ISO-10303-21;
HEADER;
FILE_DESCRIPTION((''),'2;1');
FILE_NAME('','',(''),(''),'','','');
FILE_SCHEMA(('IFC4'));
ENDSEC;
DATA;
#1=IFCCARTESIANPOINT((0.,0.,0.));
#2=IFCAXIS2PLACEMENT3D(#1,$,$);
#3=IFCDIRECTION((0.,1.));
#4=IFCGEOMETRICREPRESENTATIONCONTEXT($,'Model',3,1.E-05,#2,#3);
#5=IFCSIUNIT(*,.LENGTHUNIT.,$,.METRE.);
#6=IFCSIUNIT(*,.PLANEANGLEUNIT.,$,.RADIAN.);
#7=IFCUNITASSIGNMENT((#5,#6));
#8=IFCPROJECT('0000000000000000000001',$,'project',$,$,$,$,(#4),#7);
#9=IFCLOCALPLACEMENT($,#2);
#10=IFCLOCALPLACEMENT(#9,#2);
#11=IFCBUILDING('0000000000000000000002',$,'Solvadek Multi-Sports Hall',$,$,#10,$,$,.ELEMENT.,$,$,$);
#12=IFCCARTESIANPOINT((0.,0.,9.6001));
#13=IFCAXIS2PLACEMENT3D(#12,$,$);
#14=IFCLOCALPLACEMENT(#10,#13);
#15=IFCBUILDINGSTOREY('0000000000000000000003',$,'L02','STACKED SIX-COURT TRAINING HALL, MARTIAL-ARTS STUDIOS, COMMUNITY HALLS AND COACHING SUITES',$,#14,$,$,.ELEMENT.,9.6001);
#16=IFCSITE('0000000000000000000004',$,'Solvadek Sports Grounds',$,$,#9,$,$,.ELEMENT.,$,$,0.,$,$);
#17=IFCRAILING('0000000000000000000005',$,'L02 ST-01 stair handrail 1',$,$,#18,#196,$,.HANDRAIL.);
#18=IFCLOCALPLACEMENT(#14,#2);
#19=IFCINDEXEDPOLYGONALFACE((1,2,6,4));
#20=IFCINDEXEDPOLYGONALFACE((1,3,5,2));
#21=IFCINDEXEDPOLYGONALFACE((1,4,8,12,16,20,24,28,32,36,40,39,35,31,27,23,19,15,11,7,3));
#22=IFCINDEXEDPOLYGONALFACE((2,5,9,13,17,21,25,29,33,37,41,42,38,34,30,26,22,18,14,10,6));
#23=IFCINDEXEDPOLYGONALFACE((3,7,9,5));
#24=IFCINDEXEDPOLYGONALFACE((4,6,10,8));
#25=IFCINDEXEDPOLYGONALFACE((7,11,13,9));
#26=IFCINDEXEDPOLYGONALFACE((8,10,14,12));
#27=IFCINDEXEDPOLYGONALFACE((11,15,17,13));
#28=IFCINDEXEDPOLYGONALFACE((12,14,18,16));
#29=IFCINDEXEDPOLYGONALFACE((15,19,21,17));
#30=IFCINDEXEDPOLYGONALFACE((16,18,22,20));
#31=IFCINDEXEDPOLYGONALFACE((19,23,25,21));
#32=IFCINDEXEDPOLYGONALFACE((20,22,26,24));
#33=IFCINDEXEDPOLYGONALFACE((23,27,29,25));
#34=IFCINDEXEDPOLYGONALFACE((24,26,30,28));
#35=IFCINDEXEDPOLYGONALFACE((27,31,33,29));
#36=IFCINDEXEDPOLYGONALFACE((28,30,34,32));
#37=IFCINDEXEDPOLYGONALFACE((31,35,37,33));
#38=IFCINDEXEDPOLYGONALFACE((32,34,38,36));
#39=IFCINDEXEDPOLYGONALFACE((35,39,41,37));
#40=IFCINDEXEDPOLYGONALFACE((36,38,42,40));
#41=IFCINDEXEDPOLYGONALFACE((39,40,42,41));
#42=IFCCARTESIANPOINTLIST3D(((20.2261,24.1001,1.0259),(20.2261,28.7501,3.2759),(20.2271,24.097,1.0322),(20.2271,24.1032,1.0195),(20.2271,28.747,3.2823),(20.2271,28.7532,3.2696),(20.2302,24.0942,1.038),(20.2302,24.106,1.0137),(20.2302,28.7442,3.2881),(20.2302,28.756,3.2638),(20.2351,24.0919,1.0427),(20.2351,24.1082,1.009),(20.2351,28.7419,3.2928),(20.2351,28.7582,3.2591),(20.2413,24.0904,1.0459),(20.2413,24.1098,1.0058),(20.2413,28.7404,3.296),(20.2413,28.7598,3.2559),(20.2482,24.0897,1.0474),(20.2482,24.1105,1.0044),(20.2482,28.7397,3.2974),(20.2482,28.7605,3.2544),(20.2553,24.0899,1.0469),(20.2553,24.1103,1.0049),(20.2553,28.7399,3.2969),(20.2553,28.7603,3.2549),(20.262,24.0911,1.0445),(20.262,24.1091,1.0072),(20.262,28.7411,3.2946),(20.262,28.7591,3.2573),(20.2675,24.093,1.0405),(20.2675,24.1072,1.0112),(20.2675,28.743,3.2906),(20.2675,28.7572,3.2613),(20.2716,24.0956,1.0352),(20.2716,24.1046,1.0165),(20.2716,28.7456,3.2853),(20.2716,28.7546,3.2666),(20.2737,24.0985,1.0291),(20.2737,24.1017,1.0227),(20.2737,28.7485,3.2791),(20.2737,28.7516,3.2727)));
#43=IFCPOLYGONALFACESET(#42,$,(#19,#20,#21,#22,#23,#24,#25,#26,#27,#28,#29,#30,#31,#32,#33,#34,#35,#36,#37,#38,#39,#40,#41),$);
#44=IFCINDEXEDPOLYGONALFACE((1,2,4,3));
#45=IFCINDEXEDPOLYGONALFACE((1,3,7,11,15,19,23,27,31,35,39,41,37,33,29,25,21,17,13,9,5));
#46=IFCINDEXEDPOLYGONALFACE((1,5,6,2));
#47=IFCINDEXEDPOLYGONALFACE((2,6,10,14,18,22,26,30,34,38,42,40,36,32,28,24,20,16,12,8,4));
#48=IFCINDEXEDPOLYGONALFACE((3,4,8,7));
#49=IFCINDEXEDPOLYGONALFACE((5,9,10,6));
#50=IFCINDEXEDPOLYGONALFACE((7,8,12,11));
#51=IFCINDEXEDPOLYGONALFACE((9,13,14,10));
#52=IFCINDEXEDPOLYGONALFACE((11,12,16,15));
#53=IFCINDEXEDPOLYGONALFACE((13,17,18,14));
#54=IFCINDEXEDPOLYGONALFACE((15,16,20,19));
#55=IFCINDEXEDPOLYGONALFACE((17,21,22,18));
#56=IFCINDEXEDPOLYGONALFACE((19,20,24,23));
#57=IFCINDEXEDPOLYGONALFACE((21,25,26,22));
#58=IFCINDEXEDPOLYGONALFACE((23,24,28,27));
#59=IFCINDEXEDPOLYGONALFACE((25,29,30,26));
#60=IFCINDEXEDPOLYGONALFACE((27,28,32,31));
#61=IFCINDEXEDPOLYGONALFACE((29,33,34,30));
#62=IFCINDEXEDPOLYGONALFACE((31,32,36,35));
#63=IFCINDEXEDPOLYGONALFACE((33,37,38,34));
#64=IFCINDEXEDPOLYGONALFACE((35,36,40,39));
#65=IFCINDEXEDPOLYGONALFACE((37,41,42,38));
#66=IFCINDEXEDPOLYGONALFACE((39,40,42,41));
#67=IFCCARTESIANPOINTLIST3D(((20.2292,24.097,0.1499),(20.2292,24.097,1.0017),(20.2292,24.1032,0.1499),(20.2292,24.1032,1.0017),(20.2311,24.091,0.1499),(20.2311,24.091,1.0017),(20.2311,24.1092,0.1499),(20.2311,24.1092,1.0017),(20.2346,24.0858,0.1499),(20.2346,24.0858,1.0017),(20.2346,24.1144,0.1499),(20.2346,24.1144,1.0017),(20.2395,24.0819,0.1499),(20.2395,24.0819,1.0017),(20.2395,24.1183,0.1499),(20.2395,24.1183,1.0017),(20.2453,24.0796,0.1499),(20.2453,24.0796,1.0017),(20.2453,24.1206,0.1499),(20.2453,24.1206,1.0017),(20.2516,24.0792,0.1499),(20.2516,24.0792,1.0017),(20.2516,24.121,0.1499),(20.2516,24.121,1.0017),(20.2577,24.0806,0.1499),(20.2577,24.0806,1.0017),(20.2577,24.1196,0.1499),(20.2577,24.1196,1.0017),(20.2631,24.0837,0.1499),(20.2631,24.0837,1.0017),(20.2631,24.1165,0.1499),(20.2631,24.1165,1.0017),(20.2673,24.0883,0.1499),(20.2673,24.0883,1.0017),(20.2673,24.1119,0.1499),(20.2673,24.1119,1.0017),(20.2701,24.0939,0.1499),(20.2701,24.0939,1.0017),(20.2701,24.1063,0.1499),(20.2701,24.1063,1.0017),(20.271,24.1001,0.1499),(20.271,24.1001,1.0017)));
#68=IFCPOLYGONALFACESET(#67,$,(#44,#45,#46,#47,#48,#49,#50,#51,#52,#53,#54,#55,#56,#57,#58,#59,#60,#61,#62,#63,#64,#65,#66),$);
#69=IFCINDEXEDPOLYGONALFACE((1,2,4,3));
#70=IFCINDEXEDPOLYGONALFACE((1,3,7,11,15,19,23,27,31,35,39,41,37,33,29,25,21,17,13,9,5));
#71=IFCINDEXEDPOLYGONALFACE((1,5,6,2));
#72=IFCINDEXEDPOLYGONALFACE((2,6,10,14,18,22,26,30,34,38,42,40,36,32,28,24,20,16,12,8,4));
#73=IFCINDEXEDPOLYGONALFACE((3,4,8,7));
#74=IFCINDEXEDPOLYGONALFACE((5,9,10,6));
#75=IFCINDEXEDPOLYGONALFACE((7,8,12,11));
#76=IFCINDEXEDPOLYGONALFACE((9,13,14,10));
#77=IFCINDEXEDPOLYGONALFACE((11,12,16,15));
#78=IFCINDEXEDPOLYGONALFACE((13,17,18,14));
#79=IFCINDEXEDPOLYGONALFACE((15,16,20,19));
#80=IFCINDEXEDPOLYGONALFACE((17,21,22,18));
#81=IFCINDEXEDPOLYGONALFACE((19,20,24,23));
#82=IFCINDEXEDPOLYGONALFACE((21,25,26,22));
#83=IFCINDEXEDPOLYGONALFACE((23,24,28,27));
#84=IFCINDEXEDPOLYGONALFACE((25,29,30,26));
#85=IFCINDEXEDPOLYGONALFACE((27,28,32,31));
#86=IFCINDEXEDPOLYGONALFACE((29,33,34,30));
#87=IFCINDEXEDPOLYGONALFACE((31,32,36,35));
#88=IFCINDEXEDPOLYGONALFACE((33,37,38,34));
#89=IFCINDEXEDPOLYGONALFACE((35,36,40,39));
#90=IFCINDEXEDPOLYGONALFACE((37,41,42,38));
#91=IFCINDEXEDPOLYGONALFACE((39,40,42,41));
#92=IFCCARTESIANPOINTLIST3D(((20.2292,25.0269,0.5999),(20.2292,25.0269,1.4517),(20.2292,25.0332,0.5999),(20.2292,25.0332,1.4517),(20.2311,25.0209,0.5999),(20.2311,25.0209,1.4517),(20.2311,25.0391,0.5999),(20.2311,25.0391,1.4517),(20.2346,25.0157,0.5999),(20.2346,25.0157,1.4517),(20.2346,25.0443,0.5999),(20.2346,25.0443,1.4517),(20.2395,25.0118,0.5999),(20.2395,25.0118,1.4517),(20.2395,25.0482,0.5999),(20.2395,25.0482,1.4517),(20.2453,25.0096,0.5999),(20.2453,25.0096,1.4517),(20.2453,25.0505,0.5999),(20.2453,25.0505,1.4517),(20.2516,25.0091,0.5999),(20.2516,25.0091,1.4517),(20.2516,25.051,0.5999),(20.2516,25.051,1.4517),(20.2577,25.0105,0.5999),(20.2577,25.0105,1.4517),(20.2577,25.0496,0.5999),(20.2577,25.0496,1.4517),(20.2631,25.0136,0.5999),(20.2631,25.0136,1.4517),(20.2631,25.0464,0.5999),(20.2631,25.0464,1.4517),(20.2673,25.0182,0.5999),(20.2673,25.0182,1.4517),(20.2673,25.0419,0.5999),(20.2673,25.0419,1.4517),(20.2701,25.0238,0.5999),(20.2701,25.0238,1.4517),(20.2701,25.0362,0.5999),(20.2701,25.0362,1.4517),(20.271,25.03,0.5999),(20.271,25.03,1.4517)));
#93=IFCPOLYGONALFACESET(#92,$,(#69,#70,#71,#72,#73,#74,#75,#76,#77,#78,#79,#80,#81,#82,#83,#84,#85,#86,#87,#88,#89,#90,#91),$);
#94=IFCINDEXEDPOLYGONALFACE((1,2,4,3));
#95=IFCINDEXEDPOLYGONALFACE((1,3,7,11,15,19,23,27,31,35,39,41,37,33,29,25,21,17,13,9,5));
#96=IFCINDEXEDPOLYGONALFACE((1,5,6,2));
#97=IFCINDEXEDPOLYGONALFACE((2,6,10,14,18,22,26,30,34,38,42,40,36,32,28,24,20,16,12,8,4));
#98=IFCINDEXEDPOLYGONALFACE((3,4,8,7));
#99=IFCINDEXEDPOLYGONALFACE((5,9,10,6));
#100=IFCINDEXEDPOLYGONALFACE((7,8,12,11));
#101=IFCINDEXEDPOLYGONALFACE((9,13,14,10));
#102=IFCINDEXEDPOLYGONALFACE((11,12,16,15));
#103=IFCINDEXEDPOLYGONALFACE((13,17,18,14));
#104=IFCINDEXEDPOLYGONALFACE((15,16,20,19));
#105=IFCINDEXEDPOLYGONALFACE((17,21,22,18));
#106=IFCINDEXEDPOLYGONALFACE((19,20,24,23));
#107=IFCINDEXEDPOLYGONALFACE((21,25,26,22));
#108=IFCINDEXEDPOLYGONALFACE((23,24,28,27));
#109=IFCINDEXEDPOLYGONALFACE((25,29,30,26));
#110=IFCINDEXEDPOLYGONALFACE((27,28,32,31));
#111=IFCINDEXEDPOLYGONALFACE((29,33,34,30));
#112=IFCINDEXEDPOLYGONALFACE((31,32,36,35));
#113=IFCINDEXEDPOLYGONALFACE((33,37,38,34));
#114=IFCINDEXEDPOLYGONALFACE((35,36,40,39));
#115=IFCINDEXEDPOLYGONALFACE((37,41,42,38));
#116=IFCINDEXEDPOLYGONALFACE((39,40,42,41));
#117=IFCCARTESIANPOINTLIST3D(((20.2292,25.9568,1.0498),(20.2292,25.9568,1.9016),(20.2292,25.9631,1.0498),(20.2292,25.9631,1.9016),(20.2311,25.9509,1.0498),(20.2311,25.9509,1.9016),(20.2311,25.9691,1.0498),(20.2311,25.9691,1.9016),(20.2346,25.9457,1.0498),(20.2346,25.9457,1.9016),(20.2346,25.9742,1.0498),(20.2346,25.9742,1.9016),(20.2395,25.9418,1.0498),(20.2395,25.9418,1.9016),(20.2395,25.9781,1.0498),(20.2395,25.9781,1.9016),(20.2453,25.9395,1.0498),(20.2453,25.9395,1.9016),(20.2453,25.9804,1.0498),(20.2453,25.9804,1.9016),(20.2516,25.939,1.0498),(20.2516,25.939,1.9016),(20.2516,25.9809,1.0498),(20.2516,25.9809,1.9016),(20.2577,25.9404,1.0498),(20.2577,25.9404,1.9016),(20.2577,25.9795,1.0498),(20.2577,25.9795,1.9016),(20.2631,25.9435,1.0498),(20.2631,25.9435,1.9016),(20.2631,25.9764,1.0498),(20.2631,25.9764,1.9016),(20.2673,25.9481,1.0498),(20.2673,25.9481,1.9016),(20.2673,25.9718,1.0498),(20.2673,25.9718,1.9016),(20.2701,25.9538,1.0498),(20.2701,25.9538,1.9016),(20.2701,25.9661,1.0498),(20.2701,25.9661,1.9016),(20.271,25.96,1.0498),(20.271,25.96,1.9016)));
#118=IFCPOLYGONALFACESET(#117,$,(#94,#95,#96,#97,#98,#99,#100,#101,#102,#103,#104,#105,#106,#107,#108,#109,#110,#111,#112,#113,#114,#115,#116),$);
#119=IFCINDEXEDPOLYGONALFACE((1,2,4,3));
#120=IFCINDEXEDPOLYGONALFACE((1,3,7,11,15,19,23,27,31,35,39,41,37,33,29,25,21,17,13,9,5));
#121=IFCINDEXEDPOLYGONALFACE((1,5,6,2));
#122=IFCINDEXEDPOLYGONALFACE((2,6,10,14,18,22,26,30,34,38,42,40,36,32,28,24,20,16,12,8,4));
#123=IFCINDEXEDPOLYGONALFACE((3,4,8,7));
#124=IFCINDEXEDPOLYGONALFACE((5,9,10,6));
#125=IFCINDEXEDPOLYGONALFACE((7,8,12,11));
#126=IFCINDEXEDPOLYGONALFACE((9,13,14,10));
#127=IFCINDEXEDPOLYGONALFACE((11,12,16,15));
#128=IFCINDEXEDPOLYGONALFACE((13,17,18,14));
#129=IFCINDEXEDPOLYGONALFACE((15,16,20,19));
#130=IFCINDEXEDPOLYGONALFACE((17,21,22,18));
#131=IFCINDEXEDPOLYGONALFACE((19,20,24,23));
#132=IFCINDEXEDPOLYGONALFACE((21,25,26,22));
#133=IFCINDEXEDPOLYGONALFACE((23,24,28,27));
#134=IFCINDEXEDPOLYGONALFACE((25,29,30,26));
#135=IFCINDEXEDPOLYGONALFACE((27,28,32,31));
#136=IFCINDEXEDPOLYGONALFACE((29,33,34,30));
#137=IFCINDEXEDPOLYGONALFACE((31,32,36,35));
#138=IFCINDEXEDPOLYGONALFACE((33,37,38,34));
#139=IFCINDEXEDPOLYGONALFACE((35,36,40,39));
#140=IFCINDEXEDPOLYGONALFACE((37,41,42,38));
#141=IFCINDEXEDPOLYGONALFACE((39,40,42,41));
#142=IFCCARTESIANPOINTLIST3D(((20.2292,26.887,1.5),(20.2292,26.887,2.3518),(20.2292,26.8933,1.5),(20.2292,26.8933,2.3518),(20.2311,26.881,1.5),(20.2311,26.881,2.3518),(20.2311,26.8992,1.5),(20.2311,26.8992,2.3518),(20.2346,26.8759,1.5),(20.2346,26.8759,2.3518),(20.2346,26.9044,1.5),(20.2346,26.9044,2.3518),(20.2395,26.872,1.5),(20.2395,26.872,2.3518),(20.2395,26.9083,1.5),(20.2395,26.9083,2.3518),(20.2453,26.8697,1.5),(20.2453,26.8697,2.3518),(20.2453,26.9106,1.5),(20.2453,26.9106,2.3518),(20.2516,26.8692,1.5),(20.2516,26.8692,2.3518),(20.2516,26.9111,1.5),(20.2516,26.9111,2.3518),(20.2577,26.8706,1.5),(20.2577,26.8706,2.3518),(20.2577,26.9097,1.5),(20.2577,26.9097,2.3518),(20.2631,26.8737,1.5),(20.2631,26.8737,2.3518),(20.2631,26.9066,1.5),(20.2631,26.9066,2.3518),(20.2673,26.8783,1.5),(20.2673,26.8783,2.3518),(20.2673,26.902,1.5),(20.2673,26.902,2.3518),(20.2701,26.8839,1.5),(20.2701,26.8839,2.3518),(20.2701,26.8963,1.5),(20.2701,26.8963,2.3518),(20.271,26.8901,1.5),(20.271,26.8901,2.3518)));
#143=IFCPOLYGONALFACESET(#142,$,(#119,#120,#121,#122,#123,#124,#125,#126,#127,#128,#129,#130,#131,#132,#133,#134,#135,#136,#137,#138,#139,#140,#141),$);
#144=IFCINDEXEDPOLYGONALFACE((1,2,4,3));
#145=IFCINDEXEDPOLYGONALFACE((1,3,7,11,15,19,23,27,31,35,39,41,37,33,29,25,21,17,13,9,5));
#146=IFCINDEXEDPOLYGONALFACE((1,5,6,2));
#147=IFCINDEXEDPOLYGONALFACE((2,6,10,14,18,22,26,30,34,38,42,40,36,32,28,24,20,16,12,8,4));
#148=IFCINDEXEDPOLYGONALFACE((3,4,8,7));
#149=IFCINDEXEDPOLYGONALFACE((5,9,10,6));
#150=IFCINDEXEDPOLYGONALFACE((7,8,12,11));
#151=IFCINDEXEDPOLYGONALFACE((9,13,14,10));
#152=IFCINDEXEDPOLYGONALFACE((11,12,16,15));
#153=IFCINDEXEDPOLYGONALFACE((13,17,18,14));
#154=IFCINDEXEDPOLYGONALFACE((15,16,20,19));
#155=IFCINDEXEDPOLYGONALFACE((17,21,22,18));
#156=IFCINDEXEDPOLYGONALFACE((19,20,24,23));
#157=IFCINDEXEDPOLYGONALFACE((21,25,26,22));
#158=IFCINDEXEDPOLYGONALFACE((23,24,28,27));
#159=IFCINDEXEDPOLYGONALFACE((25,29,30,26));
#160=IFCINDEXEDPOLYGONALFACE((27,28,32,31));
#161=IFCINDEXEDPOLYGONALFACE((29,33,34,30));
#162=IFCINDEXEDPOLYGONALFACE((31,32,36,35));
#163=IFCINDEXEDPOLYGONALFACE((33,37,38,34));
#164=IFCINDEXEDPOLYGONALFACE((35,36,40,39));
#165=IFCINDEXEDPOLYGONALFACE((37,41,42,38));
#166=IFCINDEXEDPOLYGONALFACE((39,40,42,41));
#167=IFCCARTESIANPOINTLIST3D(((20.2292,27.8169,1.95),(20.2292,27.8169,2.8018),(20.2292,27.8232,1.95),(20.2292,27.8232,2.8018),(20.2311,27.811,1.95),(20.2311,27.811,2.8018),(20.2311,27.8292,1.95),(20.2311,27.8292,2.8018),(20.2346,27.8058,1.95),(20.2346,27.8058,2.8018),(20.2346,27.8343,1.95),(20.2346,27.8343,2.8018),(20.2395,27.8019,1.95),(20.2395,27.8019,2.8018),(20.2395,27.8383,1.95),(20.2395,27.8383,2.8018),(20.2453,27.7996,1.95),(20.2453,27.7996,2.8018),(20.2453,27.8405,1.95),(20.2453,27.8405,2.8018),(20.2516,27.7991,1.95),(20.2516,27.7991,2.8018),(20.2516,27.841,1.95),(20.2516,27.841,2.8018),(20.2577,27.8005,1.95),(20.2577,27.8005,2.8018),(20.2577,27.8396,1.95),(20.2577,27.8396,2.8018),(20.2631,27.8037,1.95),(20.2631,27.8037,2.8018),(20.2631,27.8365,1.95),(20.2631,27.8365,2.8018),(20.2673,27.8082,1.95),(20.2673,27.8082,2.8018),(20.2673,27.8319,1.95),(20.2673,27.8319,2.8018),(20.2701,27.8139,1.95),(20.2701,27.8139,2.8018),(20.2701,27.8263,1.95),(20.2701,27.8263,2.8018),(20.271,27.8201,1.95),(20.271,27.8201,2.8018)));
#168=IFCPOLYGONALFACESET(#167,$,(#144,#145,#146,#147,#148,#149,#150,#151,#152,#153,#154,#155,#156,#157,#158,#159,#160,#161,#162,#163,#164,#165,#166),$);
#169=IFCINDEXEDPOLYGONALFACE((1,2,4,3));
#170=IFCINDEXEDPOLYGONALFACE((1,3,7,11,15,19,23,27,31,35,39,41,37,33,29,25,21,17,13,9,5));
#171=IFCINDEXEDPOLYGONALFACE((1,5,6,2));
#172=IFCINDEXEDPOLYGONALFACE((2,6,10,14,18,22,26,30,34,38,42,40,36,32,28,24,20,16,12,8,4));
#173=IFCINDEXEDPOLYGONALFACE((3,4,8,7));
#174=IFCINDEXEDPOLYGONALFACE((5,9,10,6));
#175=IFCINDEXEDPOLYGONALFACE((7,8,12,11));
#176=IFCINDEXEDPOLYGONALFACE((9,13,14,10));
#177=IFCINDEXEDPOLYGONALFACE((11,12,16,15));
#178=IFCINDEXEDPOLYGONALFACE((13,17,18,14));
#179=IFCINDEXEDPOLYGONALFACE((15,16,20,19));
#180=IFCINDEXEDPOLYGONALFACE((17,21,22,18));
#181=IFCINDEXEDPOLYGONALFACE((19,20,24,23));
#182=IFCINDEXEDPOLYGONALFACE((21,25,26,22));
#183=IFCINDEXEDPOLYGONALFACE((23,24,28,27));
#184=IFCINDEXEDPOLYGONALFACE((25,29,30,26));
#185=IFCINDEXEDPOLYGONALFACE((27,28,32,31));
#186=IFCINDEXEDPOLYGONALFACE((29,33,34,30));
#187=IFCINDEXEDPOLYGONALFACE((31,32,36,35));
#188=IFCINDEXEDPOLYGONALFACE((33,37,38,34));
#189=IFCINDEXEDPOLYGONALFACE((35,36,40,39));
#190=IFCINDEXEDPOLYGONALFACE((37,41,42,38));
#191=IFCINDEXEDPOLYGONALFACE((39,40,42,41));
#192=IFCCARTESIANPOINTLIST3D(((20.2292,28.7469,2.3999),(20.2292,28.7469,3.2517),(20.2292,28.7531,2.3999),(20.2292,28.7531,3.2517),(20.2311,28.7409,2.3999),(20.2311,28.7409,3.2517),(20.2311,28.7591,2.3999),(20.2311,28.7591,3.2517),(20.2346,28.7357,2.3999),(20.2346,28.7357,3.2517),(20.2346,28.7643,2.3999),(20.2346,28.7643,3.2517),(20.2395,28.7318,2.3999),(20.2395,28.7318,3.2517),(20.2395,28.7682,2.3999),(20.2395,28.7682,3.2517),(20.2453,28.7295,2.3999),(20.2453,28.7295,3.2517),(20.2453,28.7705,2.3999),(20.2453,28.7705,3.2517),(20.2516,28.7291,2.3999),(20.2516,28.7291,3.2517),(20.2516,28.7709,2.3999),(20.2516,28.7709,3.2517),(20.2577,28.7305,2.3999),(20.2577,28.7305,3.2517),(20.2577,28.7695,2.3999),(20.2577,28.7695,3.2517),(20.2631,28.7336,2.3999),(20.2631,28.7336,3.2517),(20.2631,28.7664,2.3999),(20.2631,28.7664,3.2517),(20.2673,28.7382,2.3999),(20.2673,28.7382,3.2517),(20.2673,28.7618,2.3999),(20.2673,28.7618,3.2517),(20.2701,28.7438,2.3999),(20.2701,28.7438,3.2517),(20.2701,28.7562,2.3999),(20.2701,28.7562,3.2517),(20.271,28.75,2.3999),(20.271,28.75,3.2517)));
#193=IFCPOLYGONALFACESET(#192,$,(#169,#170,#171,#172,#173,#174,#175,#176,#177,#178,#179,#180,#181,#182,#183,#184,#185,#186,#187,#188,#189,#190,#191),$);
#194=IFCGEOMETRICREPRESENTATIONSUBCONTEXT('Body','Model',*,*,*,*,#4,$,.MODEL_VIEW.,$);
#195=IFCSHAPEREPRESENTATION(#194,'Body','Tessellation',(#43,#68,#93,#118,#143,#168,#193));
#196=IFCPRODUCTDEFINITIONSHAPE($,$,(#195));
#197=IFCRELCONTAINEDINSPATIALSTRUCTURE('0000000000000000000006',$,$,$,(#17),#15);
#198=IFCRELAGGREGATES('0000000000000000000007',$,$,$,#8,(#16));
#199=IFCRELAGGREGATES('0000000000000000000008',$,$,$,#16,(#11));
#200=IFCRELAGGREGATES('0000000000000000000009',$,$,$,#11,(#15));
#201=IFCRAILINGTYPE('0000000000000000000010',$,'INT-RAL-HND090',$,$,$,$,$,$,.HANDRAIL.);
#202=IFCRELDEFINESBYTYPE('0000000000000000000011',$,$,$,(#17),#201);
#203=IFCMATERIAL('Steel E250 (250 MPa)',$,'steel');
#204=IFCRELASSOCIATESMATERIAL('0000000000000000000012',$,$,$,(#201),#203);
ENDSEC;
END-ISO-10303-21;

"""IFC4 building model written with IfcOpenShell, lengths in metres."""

from ifc_helpers import new_model, si_unit, direction, frame, origin, origin_2d, place, context, subcontext, project, spatial, circle, extrude, material, type_object, element, save


model = new_model("IFC4")

# Units and contexts
model_context = context("Model", 3, precision=1e-05, world=origin(), true_north=direction((0.0, 1.0)))
body_context = subcontext(model_context, "Body", "Model", "MODEL_VIEW")
ifc_project = project(units=[si_unit("LENGTHUNIT", "METRE"), si_unit("PLANEANGLEUNIT", "RADIAN")], contexts=[model_context])

# Site, building, storey
site_placement = place(None, origin())
site = spatial("IfcSite", under=ifc_project, at=site_placement, Name="Solvadek Sports Grounds", CompositionType="ELEMENT", RefElevation=0.0)
building_placement = place(site_placement, origin())
building = spatial("IfcBuilding", under=site, at=building_placement, Name="Solvadek Multi-Sports Hall", CompositionType="ELEMENT")
storey_placement = place(building_placement, frame((0.0, 0.0, 9.6001)))
storey = spatial("IfcBuildingStorey", under=building, at=storey_placement, Name="L02", Description="STACKED SIX-COURT TRAINING HALL, MARTIAL-ARTS STUDIOS, COMMUNITY HALLS AND COACHING SUITES", CompositionType="ELEMENT", Elevation=9.6001)

# Railing
ifc_material_1 = material(Name="Steel E250 (250 MPa)", Category="steel")
railing_type_1 = type_object("IfcRailingType", Name="INT-RAL-HND090", PredefinedType="HANDRAIL", material=ifc_material_1)
railing_1_placement = place(storey_placement, frame((20.25, 24.1001, 0.1499)))
element("IfcRailing", 1, at=railing_1_placement, inside=storey, type_object=railing_type_1, Name="L02 ST-01 stair handrail 1", PredefinedType="HANDRAIL", context=body_context, shape_type="SweptSolid", body=[
    extrude(circle(Radius=0.0239, at=origin_2d()), frame((0.0, 0.0, 0.876), z_axis=(0.0, 0.900156, 0.435568), x_axis=(-1.0, 0.0, 0.0)), (0.0, 0.0, 1.0), 5.1658),
    extrude(circle(Radius=0.021, at=origin_2d()), origin(), (0.0, 0.0, 1.0), 0.8518),
    extrude(circle(Radius=0.021, at=origin_2d()), frame((0.0, 0.9299, 0.45)), (0.0, 0.0, 1.0), 0.8518),
    extrude(circle(Radius=0.021, at=origin_2d()), frame((0.0, 1.8599, 0.8999)), (0.0, 0.0, 1.0), 0.8518),
    extrude(circle(Radius=0.021, at=origin_2d()), frame((0.0, 2.79, 1.3501)), (0.0, 0.0, 1.0), 0.8518),
    extrude(circle(Radius=0.021, at=origin_2d()), frame((0.0, 3.72, 1.8)), (0.0, 0.0, 1.0), 0.8518),
    extrude(circle(Radius=0.021, at=origin_2d()), frame((0.0, 4.6499, 2.25)), (0.0, 0.0, 1.0), 0.8518),
])

save(model, "model.ifc")
